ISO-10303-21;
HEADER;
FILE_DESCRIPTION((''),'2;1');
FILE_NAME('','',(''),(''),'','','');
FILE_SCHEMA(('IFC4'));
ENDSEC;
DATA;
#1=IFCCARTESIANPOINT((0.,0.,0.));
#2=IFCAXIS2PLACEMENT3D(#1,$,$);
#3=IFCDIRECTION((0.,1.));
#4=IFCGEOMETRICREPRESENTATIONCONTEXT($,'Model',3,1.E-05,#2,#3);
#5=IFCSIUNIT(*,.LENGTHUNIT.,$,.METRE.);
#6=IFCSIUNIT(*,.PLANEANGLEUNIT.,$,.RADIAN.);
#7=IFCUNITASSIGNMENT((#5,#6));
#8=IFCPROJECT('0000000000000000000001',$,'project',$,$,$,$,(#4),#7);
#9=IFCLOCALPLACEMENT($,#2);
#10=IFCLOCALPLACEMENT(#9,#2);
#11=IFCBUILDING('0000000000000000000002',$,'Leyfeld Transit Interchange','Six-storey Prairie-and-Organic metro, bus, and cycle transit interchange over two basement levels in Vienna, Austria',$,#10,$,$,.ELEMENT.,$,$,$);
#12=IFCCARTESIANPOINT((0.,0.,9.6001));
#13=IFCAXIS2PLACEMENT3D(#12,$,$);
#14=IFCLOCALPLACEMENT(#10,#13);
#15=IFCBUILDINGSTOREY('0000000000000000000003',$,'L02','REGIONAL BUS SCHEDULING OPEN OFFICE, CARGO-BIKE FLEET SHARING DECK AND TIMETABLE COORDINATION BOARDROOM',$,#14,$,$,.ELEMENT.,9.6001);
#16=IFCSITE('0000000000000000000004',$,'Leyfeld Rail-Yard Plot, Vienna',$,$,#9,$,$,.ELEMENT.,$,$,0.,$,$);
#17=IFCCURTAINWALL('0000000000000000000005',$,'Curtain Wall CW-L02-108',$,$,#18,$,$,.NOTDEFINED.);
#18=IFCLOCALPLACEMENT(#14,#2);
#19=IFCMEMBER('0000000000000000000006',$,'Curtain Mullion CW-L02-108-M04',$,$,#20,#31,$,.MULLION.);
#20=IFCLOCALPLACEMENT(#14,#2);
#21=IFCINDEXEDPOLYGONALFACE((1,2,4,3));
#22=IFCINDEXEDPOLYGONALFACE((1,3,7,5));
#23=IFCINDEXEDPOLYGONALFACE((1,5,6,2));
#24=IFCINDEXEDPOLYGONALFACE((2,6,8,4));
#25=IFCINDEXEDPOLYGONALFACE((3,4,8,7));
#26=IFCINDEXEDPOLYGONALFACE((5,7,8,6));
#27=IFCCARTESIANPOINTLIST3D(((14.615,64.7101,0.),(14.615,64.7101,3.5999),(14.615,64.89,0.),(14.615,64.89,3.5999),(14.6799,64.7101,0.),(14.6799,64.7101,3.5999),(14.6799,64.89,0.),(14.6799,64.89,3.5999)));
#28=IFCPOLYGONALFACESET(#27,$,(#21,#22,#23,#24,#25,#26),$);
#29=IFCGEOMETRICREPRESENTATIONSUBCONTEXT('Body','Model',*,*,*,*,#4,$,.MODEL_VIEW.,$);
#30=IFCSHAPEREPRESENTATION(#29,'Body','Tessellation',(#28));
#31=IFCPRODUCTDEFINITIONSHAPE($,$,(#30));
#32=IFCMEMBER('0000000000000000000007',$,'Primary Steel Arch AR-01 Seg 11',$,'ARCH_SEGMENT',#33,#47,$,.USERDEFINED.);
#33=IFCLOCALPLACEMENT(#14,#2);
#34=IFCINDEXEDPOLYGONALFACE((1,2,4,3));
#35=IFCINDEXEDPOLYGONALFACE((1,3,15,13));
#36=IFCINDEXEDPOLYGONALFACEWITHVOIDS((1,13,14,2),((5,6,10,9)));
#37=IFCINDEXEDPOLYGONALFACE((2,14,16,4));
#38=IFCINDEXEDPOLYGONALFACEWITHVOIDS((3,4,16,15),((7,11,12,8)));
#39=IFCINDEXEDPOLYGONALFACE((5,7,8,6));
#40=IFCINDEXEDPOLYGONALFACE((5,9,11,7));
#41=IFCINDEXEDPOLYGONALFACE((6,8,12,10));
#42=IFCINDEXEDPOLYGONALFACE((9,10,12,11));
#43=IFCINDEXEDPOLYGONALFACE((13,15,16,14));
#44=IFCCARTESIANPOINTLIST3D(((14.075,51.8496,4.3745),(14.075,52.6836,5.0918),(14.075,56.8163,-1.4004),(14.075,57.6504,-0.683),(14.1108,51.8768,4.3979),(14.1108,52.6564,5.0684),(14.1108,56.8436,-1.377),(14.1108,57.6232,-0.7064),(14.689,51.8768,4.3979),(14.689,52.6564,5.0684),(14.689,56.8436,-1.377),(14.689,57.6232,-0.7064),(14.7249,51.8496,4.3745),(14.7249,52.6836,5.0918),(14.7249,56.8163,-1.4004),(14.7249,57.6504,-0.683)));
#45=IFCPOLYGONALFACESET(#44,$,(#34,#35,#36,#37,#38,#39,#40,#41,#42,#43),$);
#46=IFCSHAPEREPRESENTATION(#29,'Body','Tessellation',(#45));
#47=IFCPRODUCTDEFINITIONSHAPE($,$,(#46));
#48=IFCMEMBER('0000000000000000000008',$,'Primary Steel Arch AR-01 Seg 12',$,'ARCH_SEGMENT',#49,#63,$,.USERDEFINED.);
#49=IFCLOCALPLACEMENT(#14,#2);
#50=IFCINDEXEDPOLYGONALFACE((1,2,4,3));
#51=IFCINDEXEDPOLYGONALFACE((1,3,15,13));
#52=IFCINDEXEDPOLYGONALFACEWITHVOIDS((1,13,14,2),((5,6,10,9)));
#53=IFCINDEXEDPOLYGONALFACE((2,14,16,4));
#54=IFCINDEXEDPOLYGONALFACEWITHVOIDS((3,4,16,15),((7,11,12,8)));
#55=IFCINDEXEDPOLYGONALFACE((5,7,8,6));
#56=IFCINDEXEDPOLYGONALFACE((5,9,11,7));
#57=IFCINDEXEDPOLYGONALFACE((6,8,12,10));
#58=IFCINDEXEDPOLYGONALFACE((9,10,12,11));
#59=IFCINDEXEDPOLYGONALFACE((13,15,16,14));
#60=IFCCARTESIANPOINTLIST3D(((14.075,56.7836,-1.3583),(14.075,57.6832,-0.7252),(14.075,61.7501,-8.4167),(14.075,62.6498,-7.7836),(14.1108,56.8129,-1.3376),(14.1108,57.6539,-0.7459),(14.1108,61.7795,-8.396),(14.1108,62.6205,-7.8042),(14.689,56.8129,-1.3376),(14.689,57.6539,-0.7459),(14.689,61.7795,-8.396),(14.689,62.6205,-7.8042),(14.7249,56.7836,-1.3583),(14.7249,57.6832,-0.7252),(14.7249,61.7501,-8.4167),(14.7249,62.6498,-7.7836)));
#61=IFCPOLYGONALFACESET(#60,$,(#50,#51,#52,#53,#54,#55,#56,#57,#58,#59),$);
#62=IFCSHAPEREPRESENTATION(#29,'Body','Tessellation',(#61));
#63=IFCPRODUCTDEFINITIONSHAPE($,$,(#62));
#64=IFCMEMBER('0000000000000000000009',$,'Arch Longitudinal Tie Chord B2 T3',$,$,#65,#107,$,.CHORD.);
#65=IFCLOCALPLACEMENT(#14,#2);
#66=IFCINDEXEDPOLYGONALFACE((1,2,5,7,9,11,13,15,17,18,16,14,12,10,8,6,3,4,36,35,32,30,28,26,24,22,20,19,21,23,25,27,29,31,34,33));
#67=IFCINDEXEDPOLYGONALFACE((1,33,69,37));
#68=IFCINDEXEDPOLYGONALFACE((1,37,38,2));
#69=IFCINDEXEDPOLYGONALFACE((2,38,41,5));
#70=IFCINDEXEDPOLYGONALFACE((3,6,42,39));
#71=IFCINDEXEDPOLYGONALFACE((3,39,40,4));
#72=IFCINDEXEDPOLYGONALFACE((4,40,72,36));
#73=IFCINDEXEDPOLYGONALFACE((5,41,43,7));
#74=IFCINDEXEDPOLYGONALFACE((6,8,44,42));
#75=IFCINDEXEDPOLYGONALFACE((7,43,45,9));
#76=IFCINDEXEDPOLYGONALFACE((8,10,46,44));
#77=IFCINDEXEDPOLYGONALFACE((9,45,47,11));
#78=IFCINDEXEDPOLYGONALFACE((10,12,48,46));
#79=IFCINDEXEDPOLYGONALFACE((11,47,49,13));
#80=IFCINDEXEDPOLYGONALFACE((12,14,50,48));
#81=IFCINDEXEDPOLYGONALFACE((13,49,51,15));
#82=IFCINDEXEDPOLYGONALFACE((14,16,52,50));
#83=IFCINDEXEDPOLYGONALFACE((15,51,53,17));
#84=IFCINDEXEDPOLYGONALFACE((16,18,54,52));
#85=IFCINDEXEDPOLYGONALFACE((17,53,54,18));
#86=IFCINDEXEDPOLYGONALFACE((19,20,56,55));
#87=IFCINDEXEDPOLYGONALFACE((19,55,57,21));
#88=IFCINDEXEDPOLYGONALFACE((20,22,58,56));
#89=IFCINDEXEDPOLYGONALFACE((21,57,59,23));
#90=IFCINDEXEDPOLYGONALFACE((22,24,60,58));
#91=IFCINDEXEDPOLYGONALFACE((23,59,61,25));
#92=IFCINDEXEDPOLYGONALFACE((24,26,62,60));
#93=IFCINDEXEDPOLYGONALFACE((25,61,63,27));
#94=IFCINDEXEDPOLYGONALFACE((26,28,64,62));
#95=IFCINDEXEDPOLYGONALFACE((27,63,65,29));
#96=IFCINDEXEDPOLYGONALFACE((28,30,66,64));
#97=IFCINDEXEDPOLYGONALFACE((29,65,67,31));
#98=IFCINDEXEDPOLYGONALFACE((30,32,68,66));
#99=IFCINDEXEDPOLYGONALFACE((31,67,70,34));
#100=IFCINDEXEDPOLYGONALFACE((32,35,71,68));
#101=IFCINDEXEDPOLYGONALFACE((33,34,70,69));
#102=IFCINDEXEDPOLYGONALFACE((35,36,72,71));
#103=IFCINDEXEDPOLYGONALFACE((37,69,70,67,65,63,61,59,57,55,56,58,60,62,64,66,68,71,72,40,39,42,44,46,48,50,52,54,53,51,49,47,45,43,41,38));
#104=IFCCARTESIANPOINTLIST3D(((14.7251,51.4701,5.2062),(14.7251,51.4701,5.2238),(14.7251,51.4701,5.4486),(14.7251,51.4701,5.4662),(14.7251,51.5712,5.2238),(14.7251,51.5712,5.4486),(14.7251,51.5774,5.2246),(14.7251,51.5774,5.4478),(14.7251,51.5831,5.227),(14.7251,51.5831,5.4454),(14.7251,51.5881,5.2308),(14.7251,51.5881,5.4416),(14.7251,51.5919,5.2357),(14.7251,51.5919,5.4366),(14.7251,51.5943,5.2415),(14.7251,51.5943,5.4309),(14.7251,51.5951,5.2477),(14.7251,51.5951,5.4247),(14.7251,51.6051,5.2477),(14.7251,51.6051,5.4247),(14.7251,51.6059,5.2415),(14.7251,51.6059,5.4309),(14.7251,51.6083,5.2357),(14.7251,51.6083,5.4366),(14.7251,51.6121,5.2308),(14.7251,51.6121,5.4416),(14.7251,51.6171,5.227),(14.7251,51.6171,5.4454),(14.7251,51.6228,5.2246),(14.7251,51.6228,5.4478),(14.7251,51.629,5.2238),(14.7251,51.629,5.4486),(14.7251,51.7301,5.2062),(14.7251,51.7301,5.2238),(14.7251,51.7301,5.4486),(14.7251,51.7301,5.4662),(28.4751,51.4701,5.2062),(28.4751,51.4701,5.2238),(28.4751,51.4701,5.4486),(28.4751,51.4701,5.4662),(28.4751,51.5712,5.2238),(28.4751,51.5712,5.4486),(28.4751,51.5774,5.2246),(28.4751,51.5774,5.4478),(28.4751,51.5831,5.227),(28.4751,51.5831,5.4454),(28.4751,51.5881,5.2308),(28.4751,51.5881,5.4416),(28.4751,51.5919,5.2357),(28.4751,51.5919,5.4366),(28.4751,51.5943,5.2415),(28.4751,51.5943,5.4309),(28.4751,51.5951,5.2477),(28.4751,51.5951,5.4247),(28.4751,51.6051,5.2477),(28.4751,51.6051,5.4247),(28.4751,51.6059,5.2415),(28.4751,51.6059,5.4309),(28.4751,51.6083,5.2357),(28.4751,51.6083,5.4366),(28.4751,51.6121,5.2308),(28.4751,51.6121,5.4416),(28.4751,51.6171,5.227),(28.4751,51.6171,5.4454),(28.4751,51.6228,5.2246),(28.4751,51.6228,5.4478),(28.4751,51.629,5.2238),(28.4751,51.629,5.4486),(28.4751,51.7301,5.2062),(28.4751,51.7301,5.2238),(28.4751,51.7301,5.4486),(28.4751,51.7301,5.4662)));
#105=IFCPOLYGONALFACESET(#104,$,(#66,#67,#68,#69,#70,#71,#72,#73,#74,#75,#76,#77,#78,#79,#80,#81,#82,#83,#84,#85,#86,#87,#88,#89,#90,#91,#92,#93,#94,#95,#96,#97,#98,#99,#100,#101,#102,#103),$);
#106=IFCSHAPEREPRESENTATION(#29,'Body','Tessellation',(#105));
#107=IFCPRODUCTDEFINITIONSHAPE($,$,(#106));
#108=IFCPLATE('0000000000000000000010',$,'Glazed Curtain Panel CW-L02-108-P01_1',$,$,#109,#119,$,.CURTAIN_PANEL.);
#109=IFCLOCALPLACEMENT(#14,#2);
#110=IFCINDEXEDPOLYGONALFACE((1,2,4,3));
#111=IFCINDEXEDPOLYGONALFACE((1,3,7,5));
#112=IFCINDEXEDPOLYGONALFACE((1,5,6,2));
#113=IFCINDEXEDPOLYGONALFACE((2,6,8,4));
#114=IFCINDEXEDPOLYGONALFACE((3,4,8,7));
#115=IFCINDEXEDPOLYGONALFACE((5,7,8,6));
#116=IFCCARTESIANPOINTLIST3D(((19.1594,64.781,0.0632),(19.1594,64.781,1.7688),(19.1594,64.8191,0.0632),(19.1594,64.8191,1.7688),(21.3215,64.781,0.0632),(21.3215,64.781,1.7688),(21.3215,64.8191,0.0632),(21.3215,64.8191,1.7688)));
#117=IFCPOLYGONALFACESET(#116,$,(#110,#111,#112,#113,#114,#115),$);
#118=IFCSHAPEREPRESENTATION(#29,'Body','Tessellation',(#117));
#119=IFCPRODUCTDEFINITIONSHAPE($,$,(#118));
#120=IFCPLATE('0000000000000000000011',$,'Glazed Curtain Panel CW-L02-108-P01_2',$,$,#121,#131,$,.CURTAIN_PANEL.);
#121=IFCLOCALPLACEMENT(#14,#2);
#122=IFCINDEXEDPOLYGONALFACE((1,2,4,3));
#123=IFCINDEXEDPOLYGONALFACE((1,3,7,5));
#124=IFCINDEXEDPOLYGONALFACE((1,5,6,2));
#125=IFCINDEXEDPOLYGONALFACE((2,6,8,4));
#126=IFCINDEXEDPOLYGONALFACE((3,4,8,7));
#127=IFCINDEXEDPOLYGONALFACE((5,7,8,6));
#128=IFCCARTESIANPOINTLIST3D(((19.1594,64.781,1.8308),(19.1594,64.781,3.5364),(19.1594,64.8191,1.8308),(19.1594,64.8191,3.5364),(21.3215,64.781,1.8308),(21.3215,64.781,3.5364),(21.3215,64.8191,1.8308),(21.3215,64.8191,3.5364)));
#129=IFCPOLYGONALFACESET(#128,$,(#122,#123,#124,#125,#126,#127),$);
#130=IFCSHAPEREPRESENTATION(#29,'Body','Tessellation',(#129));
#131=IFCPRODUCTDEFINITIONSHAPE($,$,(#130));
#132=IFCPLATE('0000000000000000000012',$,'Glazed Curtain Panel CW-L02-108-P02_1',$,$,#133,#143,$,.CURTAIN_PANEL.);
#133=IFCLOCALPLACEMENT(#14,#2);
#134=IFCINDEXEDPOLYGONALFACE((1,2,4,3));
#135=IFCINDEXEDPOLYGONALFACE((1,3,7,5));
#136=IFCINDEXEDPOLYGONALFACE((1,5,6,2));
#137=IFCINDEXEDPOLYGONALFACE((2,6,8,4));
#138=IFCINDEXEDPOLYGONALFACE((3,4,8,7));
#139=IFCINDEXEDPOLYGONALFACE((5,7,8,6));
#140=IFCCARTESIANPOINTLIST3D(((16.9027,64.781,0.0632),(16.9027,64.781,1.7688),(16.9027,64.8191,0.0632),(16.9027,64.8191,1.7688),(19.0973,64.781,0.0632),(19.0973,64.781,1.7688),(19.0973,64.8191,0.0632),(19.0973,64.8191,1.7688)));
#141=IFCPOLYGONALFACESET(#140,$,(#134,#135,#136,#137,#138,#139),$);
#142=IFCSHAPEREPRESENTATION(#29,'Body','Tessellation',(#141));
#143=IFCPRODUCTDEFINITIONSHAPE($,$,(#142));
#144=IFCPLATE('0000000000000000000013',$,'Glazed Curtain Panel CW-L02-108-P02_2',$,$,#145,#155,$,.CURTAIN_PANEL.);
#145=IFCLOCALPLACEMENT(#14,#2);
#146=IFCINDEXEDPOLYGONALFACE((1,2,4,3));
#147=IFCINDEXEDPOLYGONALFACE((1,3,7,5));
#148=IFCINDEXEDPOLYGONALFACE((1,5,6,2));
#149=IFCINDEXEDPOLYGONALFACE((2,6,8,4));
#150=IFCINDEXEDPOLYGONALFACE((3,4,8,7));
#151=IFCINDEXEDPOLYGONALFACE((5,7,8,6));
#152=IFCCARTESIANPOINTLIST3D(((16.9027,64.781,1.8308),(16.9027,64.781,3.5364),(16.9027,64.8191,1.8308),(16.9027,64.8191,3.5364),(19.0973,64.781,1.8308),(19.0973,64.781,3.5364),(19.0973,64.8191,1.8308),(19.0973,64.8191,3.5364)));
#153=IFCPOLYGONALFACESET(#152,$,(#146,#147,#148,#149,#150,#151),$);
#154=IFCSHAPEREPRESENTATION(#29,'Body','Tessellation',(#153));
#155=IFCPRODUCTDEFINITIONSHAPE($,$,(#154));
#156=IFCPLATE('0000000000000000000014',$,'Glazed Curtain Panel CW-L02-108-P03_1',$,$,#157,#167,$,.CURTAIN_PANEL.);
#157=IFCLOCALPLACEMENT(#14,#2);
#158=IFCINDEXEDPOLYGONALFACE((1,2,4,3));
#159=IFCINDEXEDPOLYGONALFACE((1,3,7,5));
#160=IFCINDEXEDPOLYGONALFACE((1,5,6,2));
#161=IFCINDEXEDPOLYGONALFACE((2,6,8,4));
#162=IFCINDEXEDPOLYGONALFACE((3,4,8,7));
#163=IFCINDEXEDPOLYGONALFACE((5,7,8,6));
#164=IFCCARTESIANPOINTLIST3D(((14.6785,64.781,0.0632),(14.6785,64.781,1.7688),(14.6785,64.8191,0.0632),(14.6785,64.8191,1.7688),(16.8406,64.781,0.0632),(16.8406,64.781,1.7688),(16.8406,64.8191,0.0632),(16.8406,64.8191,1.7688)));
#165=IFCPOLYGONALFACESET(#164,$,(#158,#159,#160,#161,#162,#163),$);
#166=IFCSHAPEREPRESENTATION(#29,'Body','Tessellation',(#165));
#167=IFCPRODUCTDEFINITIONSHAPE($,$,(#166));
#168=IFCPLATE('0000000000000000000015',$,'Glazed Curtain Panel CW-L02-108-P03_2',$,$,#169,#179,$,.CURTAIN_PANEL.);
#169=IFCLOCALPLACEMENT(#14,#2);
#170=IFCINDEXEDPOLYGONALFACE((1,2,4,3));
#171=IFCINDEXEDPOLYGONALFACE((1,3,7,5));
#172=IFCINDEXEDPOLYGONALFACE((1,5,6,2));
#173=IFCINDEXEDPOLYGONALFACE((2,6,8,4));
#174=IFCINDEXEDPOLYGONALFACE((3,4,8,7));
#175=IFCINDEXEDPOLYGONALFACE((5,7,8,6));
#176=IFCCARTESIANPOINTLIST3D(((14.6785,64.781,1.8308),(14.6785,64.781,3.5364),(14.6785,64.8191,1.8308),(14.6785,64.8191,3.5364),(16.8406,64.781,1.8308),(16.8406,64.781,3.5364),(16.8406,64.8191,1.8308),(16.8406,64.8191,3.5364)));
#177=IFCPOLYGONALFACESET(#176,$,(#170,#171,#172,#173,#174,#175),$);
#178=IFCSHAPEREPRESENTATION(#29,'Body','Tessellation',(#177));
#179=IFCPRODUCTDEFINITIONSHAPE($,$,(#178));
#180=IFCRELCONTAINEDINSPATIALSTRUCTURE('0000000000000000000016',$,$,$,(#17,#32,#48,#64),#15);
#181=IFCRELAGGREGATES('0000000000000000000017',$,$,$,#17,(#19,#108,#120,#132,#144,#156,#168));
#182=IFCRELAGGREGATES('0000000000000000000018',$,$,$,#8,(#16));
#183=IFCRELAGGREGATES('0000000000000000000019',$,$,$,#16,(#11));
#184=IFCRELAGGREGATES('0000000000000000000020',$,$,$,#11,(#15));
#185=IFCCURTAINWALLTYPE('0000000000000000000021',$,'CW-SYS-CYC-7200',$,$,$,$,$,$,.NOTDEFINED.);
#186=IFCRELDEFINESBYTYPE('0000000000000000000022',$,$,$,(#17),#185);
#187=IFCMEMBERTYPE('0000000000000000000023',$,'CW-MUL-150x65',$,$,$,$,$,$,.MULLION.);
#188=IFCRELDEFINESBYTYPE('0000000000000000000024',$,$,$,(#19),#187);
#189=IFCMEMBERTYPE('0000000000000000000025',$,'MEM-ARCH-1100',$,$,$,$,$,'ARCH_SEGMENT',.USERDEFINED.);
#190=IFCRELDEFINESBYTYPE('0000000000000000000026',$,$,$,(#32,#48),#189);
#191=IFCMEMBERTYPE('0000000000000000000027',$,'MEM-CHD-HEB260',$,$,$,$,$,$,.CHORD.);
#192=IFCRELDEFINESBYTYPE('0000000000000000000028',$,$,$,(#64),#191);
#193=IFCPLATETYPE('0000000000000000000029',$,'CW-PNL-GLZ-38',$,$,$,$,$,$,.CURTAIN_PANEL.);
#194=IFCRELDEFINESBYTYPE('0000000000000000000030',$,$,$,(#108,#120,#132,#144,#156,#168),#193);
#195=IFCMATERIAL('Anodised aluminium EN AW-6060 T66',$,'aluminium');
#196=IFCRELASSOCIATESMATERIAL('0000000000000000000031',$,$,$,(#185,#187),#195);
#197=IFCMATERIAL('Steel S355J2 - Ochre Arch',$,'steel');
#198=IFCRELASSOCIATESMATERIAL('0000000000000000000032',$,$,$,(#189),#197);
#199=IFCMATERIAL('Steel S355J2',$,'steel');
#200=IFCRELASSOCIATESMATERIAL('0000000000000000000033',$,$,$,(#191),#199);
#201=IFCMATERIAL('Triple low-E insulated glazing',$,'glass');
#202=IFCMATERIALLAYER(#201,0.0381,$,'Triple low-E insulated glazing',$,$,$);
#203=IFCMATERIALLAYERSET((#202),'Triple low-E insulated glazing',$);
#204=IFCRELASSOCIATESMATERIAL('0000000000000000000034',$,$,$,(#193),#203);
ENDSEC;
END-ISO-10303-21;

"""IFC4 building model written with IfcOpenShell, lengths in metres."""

from ifc_helpers import new_model, si_unit, direction, frame, origin, origin_2d, place, context, subcontext, project, spatial, rectangle, hollow_rectangle, i_section, extrude, material, layer, layer_set, material_profile, profile_set, type_object, element, aggregate, save


model = new_model("IFC4")

# Units and contexts
model_context = context("Model", 3, precision=1e-05, world=origin(), true_north=direction((0.0, 1.0)))
body_context = subcontext(model_context, "Body", "Model", "MODEL_VIEW")
ifc_project = project(units=[si_unit("LENGTHUNIT", "METRE"), si_unit("PLANEANGLEUNIT", "RADIAN")], contexts=[model_context])

# Site, building, storey
site_placement = place(None, origin())
site = spatial("IfcSite", under=ifc_project, at=site_placement, Name="Leyfeld Rail-Yard Plot, Vienna", CompositionType="ELEMENT", RefElevation=0.0)
building_placement = place(site_placement, origin())
building = spatial("IfcBuilding", under=site, at=building_placement, Name="Leyfeld Transit Interchange", Description="Six-storey Prairie-and-Organic metro, bus, and cycle transit interchange over two basement levels in Vienna, Austria", CompositionType="ELEMENT")
storey_placement = place(building_placement, frame((0.0, 0.0, 9.6001)))
storey = spatial("IfcBuildingStorey", under=building, at=storey_placement, Name="L02", Description="REGIONAL BUS SCHEDULING OPEN OFFICE, CARGO-BIKE FLEET SHARING DECK AND TIMETABLE COORDINATION BOARDROOM", CompositionType="ELEMENT", Elevation=9.6001)

# Shared definitions
ifc_material_1 = material(Name="Steel S355J2", Category="steel")

# Curtain wall, member
ifc_material_2 = material(Name="Anodised aluminium EN AW-6060 T66", Category="aluminium")
curtain_wall_type = type_object("IfcCurtainWallType", Name="CW-SYS-CYC-7200", PredefinedType="NOTDEFINED", material=ifc_material_2)
curtain_wall_placement = place(storey_placement, origin())
curtain_wall = element("IfcCurtainWall", 1, at=curtain_wall_placement, inside=storey, type_object=curtain_wall_type, Name="Curtain Wall CW-L02-108", PredefinedType="NOTDEFINED")
ifc_material_profile_1 = material_profile(ifc_material_2, rectangle(XDim=0.0649, YDim=0.1799, at=origin_2d()), Name="CW-M 65x180")
ifc_profile_set_1 = profile_set([ifc_material_profile_1], Name="Anodised aluminium EN AW-6060 T66")
member_type_1 = type_object("IfcMemberType", Name="CW-MUL-150x65", PredefinedType="MULLION", material=ifc_profile_set_1)
member_1_placement = place(storey_placement, frame((14.6475, 64.8, 0.0), z_axis=(0.0, 0.0, 1.0), x_axis=(-1.0, 0.0, 0.0)))
member_1 = element("IfcMember", 2, at=member_1_placement, type_object=member_type_1, Name="Curtain Mullion CW-L02-108-M04", PredefinedType="MULLION", context=body_context, shape_type="SweptSolid", body=[
    extrude(rectangle(XDim=0.0649, YDim=0.1799, at=origin_2d()), origin(), (0.0, 0.0, 1.0), 3.5999),
])

# Members
ifc_material_3 = material(Name="Steel S355J2 - Ochre Arch", Category="steel")
ifc_material_profile_2 = material_profile(ifc_material_3, hollow_rectangle(XDim=0.6499, YDim=1.1001, WallThickness=0.0359, at=origin_2d()), Name="RHS 1100x650x36")
ifc_profile_set_2 = profile_set([ifc_material_profile_2], Name="Steel S355J2 - Ochre Arch")
member_type_2 = type_object("IfcMemberType", Name="MEM-ARCH-1100", ElementType="ARCH_SEGMENT", PredefinedType="USERDEFINED", material=ifc_profile_set_2)
member_2_placement = place(storey_placement, frame((14.3999, 52.2666, 4.7332), z_axis=(0.0, 0.652068, -0.75816), x_axis=(-1.0, 0.0, 0.0)))
element("IfcMember", 3, at=member_2_placement, inside=storey, type_object=member_type_2, Name="Primary Steel Arch AR-01 Seg 11", ObjectType="ARCH_SEGMENT", PredefinedType="USERDEFINED", context=body_context, shape_type="SweptSolid", body=[
    extrude(hollow_rectangle(XDim=0.6499, YDim=1.1001, WallThickness=0.0359, at=origin_2d()), origin(), (0.0, 0.0, 1.0), 7.6169),
])
member_3_placement = place(storey_placement, frame((14.3999, 57.2334, -1.0417), z_axis=(0.0, 0.57546, -0.81783), x_axis=(-1.0, 0.0, 0.0)))
element("IfcMember", 4, at=member_3_placement, inside=storey, type_object=member_type_2, Name="Primary Steel Arch AR-01 Seg 12", ObjectType="ARCH_SEGMENT", PredefinedType="USERDEFINED", context=body_context, shape_type="SweptSolid", body=[
    extrude(hollow_rectangle(XDim=0.6499, YDim=1.1001, WallThickness=0.0359, at=origin_2d()), origin(), (0.0, 0.0, 1.0), 8.6306),
])
ifc_material_profile_3 = material_profile(ifc_material_1, i_section(OverallWidth=0.26, OverallDepth=0.26, WebThickness=0.01, FlangeThickness=0.0176, FilletRadius=0.0239, at=origin_2d()), Name="HEB 260")
ifc_profile_set_3 = profile_set([ifc_material_profile_3], Name="Steel S355J2")
member_type_3 = type_object("IfcMemberType", Name="MEM-CHD-HEB260", PredefinedType="CHORD", material=ifc_profile_set_3)
member_4_placement = place(storey_placement, frame((14.7251, 51.6001, 5.3362), z_axis=(1.0, 0.0, 0.0), x_axis=(0.0, 1.0, 0.0)))
element("IfcMember", 5, at=member_4_placement, inside=storey, type_object=member_type_3, Name="Arch Longitudinal Tie Chord B2 T3", PredefinedType="CHORD", context=body_context, shape_type="SweptSolid", body=[
    extrude(i_section(OverallWidth=0.26, OverallDepth=0.26, WebThickness=0.01, FlangeThickness=0.0176, FilletRadius=0.0239, at=origin_2d()), origin(), (0.0, 0.0, 1.0), 13.75),
])

# Plates
ifc_material_4 = material(Name="Triple low-E insulated glazing", Category="glass")
ifc_layer_1 = layer(ifc_material_4, 0.0381, Name="Triple low-E insulated glazing")
ifc_layer_set_1 = layer_set([ifc_layer_1], Name="Triple low-E insulated glazing")
plate_type_1 = type_object("IfcPlateType", Name="CW-PNL-GLZ-38", PredefinedType="CURTAIN_PANEL", material=ifc_layer_set_1)
plate_1_placement = place(storey_placement, frame((20.2405, 64.8, 0.0632), z_axis=(0.0, 0.0, 1.0), x_axis=(-1.0, 0.0, 0.0)))
plate_1 = element("IfcPlate", 6, at=plate_1_placement, type_object=plate_type_1, Name="Glazed Curtain Panel CW-L02-108-P01_1", PredefinedType="CURTAIN_PANEL", context=body_context, shape_type="SweptSolid", body=[
    extrude(rectangle(XDim=2.1621, YDim=0.0381, at=origin_2d()), origin(), (0.0, 0.0, 1.0), 1.7056),
])
plate_2_placement = place(storey_placement, frame((20.2405, 64.8, 1.8308), z_axis=(0.0, 0.0, 1.0), x_axis=(-1.0, 0.0, 0.0)))
plate_2 = element("IfcPlate", 7, at=plate_2_placement, type_object=plate_type_1, Name="Glazed Curtain Panel CW-L02-108-P01_2", PredefinedType="CURTAIN_PANEL", context=body_context, shape_type="SweptSolid", body=[
    extrude(rectangle(XDim=2.1621, YDim=0.0381, at=origin_2d()), origin(), (0.0, 0.0, 1.0), 1.7056),
])
plate_3_placement = place(storey_placement, frame((18.0, 64.8, 0.0632), z_axis=(0.0, 0.0, 1.0), x_axis=(-1.0, 0.0, 0.0)))
plate_3 = element("IfcPlate", 8, at=plate_3_placement, type_object=plate_type_1, Name="Glazed Curtain Panel CW-L02-108-P02_1", PredefinedType="CURTAIN_PANEL", context=body_context, shape_type="SweptSolid", body=[
    extrude(rectangle(XDim=2.1946, YDim=0.0381, at=origin_2d()), origin(), (0.0, 0.0, 1.0), 1.7056),
])
plate_4_placement = place(storey_placement, frame((18.0, 64.8, 1.8308), z_axis=(0.0, 0.0, 1.0), x_axis=(-1.0, 0.0, 0.0)))
plate_4 = element("IfcPlate", 9, at=plate_4_placement, type_object=plate_type_1, Name="Glazed Curtain Panel CW-L02-108-P02_2", PredefinedType="CURTAIN_PANEL", context=body_context, shape_type="SweptSolid", body=[
    extrude(rectangle(XDim=2.1946, YDim=0.0381, at=origin_2d()), origin(), (0.0, 0.0, 1.0), 1.7056),
])
plate_5_placement = place(storey_placement, frame((15.7595, 64.8, 0.0632), z_axis=(0.0, 0.0, 1.0), x_axis=(-1.0, 0.0, 0.0)))
plate_5 = element("IfcPlate", 10, at=plate_5_placement, type_object=plate_type_1, Name="Glazed Curtain Panel CW-L02-108-P03_1", PredefinedType="CURTAIN_PANEL", context=body_context, shape_type="SweptSolid", body=[
    extrude(rectangle(XDim=2.1621, YDim=0.0381, at=origin_2d()), origin(), (0.0, 0.0, 1.0), 1.7056),
])
plate_6_placement = place(storey_placement, frame((15.7595, 64.8, 1.8308), z_axis=(0.0, 0.0, 1.0), x_axis=(-1.0, 0.0, 0.0)))
plate_6 = element("IfcPlate", 11, at=plate_6_placement, type_object=plate_type_1, Name="Glazed Curtain Panel CW-L02-108-P03_2", PredefinedType="CURTAIN_PANEL", context=body_context, shape_type="SweptSolid", body=[
    extrude(rectangle(XDim=2.1621, YDim=0.0381, at=origin_2d()), origin(), (0.0, 0.0, 1.0), 1.7056),
])
aggregate(curtain_wall, [member_1, plate_1, plate_2, plate_3, plate_4, plate_5, plate_6])

save(model, "model.ifc")
